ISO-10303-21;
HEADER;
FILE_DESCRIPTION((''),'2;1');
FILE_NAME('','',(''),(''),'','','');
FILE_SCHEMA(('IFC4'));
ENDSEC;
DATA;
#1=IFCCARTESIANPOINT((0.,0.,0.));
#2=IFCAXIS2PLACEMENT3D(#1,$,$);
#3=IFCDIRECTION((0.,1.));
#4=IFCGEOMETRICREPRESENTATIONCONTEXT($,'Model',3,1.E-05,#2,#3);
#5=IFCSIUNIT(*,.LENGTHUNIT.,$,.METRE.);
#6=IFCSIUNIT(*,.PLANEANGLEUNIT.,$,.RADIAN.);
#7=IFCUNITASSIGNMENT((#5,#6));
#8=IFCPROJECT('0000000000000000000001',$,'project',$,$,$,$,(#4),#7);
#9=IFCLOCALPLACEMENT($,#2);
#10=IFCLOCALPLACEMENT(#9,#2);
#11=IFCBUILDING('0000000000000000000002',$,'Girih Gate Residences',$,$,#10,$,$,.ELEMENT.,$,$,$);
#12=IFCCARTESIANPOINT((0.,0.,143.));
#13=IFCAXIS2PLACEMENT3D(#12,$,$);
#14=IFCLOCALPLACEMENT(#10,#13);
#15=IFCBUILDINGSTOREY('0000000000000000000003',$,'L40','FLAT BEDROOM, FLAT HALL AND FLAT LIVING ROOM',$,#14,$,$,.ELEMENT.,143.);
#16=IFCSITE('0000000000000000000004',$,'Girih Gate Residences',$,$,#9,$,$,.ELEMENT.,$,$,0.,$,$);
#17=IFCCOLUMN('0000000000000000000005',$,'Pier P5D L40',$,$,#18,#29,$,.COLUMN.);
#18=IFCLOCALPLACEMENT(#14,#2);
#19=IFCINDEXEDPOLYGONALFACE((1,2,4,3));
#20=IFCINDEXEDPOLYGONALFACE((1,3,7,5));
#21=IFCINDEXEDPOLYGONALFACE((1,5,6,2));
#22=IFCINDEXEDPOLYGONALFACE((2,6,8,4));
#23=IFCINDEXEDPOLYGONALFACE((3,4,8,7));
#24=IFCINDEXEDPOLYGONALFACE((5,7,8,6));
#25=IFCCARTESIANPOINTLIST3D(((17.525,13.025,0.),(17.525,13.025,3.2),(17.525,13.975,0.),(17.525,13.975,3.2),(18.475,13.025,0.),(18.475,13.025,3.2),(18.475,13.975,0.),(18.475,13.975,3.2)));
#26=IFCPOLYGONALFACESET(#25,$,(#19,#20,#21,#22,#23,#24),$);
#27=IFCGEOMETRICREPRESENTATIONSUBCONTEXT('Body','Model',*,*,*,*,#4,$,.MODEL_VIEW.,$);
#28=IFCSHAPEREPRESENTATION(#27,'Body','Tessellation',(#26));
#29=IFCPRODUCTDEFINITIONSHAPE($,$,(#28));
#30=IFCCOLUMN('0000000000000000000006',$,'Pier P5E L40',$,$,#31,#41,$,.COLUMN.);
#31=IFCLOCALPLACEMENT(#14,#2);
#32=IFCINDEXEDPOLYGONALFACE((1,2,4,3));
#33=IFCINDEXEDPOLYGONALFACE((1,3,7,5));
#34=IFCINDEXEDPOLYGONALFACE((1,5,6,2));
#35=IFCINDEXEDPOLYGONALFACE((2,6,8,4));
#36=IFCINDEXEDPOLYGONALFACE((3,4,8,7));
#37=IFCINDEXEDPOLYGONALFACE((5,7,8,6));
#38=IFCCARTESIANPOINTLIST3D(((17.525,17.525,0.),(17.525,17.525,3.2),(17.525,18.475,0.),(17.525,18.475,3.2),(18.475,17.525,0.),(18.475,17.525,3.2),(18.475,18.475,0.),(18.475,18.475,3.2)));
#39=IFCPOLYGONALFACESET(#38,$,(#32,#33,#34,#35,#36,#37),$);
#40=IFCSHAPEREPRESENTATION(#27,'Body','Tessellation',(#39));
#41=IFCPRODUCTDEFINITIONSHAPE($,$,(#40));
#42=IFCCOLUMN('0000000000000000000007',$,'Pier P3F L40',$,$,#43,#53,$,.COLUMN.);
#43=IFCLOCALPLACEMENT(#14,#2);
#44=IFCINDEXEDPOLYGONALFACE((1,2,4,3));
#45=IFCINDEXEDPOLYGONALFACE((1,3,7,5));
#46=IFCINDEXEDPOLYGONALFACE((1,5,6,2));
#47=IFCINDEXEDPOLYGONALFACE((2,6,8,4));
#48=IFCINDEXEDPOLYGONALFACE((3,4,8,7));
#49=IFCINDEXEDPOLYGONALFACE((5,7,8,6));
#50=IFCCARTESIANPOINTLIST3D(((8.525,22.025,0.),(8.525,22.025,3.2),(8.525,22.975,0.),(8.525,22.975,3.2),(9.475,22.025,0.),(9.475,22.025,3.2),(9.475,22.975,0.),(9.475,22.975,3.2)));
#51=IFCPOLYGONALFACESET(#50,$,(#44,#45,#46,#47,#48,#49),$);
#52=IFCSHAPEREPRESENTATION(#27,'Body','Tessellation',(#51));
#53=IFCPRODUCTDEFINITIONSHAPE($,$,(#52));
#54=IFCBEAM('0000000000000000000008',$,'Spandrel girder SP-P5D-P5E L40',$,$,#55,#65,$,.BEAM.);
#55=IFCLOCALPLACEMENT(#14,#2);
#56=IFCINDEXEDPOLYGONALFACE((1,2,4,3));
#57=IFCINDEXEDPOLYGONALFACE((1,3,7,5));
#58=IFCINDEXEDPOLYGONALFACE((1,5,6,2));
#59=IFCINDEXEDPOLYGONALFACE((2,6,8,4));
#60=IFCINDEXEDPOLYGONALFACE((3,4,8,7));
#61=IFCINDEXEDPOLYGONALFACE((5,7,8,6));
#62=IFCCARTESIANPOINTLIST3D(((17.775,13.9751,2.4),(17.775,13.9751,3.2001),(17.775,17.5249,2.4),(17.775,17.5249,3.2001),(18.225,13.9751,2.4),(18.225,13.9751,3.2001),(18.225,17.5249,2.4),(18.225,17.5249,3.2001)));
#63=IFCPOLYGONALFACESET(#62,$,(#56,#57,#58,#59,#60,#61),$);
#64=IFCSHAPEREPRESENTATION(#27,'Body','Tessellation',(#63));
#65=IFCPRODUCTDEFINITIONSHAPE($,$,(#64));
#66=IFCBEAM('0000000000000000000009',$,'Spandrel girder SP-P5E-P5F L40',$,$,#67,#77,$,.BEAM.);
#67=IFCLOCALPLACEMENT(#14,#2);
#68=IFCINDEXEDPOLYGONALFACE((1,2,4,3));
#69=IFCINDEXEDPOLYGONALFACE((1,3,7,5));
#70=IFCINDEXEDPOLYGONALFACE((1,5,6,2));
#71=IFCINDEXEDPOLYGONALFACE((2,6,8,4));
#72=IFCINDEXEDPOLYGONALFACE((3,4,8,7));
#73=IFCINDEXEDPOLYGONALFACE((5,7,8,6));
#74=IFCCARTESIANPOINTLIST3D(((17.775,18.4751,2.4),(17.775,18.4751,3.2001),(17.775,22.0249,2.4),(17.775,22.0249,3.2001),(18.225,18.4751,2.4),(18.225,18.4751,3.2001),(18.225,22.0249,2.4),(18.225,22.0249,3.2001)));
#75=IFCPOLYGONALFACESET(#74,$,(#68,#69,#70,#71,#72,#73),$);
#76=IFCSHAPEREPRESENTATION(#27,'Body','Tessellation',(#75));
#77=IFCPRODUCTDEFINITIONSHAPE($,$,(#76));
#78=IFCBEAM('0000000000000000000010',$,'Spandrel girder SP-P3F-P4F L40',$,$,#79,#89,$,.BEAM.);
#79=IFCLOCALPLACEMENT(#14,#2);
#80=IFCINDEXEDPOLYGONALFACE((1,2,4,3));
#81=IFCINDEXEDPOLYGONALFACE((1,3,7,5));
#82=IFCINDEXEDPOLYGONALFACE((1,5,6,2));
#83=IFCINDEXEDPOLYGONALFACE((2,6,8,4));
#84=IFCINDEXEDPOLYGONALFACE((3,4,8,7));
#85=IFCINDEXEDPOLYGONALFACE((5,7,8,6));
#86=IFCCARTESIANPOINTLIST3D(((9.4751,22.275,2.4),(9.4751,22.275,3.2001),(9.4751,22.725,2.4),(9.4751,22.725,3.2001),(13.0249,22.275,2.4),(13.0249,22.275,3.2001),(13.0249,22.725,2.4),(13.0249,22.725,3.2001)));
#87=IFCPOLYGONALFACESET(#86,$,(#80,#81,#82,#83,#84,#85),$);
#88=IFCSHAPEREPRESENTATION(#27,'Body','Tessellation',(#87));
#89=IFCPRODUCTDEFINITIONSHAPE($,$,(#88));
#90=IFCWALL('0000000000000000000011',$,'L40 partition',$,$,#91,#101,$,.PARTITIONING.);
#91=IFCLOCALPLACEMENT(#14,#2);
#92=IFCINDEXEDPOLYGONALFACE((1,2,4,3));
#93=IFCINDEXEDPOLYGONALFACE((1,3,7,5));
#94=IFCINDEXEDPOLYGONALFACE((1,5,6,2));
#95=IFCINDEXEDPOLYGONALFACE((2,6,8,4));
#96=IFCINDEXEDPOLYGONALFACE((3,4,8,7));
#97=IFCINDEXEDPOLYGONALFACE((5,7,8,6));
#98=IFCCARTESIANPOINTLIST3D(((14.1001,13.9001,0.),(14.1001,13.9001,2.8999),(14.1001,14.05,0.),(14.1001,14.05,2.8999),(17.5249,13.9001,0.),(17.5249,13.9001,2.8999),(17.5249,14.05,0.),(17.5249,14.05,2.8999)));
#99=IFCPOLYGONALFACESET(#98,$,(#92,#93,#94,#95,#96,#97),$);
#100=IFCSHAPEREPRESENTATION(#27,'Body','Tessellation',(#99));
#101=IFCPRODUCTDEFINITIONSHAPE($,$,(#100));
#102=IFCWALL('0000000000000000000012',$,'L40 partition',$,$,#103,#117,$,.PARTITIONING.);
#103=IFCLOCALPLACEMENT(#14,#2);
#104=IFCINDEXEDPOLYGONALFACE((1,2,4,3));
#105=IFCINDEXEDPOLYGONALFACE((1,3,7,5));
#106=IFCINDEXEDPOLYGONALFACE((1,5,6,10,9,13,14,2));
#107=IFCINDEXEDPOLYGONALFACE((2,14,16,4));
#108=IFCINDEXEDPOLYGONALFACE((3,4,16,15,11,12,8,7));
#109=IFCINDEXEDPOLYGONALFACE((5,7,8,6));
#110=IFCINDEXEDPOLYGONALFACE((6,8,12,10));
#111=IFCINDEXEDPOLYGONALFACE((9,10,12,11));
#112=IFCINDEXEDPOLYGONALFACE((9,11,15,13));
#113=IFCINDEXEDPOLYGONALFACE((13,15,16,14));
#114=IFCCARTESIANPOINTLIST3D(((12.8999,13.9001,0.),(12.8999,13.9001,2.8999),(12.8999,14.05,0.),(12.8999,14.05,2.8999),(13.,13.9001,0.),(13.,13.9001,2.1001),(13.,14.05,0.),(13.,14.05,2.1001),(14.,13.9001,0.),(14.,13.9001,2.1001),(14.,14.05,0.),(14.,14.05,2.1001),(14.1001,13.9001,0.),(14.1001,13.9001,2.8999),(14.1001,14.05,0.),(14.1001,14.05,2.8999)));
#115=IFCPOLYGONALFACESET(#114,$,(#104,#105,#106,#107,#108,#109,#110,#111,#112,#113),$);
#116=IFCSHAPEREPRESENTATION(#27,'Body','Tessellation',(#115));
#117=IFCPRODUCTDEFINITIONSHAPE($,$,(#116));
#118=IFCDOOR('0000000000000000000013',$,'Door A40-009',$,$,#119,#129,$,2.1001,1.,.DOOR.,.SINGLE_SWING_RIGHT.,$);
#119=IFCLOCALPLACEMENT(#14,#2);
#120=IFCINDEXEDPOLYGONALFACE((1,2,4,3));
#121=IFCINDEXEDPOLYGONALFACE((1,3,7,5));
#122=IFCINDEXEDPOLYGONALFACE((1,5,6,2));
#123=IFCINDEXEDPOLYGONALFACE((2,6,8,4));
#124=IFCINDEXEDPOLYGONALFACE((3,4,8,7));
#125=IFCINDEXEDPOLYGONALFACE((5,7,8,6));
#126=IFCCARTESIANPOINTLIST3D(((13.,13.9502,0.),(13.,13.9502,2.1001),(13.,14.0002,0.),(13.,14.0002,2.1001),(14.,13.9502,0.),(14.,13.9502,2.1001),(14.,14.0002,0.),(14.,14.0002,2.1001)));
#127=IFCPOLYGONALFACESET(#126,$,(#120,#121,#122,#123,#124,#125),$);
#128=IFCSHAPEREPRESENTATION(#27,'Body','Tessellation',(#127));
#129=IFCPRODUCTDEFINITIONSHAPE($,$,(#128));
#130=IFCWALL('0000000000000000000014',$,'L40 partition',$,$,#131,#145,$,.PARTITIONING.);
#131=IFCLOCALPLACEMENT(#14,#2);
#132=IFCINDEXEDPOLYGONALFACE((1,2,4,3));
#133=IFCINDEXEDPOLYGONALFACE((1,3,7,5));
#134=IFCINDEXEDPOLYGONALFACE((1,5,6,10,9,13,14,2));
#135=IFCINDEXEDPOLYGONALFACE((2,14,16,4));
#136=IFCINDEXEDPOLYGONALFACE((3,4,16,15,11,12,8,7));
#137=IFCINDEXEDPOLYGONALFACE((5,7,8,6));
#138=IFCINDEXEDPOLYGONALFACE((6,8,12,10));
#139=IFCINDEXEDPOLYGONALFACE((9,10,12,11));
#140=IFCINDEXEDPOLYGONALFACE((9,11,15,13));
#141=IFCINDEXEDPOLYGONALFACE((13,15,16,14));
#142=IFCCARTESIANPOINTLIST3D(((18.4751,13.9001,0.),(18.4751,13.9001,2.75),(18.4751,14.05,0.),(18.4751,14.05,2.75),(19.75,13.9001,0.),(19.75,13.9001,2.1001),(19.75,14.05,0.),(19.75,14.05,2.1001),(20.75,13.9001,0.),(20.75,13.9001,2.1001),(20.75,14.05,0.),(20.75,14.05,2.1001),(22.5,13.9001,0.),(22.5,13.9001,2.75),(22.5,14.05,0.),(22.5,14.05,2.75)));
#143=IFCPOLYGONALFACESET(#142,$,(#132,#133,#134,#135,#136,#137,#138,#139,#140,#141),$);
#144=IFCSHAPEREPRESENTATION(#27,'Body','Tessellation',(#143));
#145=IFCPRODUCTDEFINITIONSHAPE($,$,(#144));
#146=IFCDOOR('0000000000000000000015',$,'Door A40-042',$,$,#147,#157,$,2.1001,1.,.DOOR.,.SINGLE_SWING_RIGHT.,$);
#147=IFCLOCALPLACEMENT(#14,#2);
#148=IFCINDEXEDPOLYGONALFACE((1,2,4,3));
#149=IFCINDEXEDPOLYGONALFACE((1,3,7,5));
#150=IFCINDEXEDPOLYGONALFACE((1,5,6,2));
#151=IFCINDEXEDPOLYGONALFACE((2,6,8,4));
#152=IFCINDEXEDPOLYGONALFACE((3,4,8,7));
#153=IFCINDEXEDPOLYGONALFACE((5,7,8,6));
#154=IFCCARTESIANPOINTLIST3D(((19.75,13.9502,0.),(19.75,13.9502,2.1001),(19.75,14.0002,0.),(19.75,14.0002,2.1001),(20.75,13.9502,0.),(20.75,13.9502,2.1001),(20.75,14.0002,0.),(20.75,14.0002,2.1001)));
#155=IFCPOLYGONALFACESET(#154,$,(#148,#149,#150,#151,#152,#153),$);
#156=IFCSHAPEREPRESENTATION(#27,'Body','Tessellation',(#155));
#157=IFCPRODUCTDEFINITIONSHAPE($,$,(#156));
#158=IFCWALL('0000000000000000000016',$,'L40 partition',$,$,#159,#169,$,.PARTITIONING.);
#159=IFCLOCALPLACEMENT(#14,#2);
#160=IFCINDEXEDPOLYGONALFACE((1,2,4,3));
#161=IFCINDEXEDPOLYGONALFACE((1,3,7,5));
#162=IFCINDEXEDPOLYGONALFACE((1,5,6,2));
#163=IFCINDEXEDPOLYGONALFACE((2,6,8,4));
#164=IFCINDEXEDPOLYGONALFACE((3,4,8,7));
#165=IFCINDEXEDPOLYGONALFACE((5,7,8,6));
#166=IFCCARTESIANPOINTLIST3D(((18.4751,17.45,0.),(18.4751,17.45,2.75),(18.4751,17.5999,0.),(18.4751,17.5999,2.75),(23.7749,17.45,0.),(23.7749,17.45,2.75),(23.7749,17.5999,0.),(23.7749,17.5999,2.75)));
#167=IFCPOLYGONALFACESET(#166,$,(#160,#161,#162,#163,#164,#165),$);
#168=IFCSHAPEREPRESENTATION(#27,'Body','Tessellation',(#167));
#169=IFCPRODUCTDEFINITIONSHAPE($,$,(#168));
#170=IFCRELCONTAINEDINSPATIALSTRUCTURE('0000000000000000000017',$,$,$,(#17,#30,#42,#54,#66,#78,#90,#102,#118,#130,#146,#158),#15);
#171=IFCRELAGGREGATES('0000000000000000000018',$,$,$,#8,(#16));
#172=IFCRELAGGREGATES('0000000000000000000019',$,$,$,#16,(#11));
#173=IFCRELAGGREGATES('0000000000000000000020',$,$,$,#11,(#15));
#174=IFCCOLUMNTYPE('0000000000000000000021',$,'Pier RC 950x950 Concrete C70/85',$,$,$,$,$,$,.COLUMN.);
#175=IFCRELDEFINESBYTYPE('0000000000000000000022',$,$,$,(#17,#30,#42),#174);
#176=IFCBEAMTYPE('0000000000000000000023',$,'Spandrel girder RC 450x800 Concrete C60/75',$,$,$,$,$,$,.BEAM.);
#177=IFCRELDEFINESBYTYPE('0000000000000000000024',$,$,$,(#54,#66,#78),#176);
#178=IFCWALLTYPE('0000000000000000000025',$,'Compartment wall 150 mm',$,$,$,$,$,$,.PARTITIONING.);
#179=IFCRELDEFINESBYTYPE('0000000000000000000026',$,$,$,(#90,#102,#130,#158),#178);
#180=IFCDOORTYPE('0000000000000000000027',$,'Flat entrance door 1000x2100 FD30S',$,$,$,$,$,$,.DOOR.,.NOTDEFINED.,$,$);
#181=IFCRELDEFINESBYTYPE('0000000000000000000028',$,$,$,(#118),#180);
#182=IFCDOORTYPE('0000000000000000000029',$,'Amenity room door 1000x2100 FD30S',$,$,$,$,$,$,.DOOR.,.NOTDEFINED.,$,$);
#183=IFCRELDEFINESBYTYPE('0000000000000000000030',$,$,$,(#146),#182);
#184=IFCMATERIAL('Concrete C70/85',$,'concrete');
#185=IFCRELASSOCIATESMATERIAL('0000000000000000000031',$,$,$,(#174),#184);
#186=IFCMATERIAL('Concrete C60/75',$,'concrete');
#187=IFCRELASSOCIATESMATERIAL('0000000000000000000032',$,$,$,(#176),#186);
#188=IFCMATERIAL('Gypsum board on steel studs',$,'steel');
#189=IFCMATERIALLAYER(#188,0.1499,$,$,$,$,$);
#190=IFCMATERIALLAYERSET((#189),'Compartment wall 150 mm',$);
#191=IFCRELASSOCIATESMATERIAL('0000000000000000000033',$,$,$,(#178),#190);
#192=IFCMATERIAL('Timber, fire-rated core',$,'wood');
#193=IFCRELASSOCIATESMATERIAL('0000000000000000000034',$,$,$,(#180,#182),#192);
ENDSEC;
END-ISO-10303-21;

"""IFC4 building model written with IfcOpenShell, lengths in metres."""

from ifc_helpers import new_model, si_unit, direction, frame, frame_2d, origin, origin_2d, place, context, subcontext, project, spatial, rectangle, extrude, material, layer, layer_set, material_profile, profile_set, type_object, element, fill, save


model = new_model("IFC4")

# Units and contexts
model_context = context("Model", 3, precision=1e-05, world=origin(), true_north=direction((0.0, 1.0)))
body_context = subcontext(model_context, "Body", "Model", "MODEL_VIEW")
ifc_project = project(units=[si_unit("LENGTHUNIT", "METRE"), si_unit("PLANEANGLEUNIT", "RADIAN")], contexts=[model_context])

# Site, building, storey
site_placement = place(None, origin())
site = spatial("IfcSite", under=ifc_project, at=site_placement, Name="Girih Gate Residences", CompositionType="ELEMENT", RefElevation=0.0)
building_placement = place(site_placement, origin())
building = spatial("IfcBuilding", under=site, at=building_placement, Name="Girih Gate Residences", CompositionType="ELEMENT")
storey_placement = place(building_placement, frame((0.0, 0.0, 143.0)))
storey = spatial("IfcBuildingStorey", under=building, at=storey_placement, Name="L40", Description="FLAT BEDROOM, FLAT HALL AND FLAT LIVING ROOM", CompositionType="ELEMENT", Elevation=143.0)

# Columns
ifc_material_1 = material(Name="Concrete C70/85", Category="concrete")
ifc_material_profile_1 = material_profile(ifc_material_1, rectangle(XDim=0.95, YDim=0.95, at=origin_2d()))
ifc_profile_set_1 = profile_set([ifc_material_profile_1], Name="Concrete C70/85")
column_type = type_object("IfcColumnType", Name="Pier RC 950x950 Concrete C70/85", PredefinedType="COLUMN", material=ifc_profile_set_1)
for number, where, z_axis, x_axis, name in (
    (1, (18.0, 13.5, 0.0), (0.0, 0.0, 1.0), (1.0, 0.0, 0.0), "Pier P5D L40"),
    (2, (18.0, 18.0, 0.0), (0.0, 0.0, 1.0), (1.0, 0.0, 0.0), "Pier P5E L40"),
    (3, (9.0, 22.5, 0.0), (0.0, 0.0, 1.0), (1.0, 0.0, 0.0), "Pier P3F L40"),
):
    element("IfcColumn", number, at=place(storey_placement, frame(where, z_axis=z_axis, x_axis=x_axis)), inside=storey, type_object=column_type, Name=name, PredefinedType="COLUMN", context=body_context, shape_type="SweptSolid", body=[
        extrude(rectangle(XDim=0.95, YDim=0.95, at=origin_2d()), origin(), (0.0, 0.0, 1.0), 3.2),
    ])

# Beams
ifc_material_2 = material(Name="Concrete C60/75", Category="concrete")
ifc_material_profile_2 = material_profile(ifc_material_2, rectangle(XDim=0.45, YDim=0.8, at=origin_2d()))
ifc_profile_set_2 = profile_set([ifc_material_profile_2], Name="Concrete C60/75")
beam_type = type_object("IfcBeamType", Name="Spandrel girder RC 450x800 Concrete C60/75", PredefinedType="BEAM", material=ifc_profile_set_2)
for number, where, z_axis, x_axis, name in (
    (4, (18.0, 13.9751, 2.8), (0.0, 1.0, 0.0), (-1.0, 0.0, 0.0), "Spandrel girder SP-P5D-P5E L40"),
    (5, (18.0, 18.4751, 2.8), (0.0, 1.0, 0.0), (-1.0, 0.0, 0.0), "Spandrel girder SP-P5E-P5F L40"),
    (6, (9.4751, 22.5, 2.8), (1.0, 0.0, 0.0), (0.0, 1.0, 0.0), "Spandrel girder SP-P3F-P4F L40"),
):
    element("IfcBeam", number, at=place(storey_placement, frame(where, z_axis=z_axis, x_axis=x_axis)), inside=storey, type_object=beam_type, Name=name, PredefinedType="BEAM", context=body_context, shape_type="SweptSolid", body=[
        extrude(rectangle(XDim=0.45, YDim=0.8, at=origin_2d()), origin(), (0.0, 0.0, 1.0), 3.5498),
    ])

# Wall
ifc_material_3 = material(Name="Gypsum board on steel studs", Category="steel")
ifc_layer_1 = layer(ifc_material_3, 0.1499)
ifc_layer_set_1 = layer_set([ifc_layer_1], Name="Compartment wall 150 mm")
wall_type_1 = type_object("IfcWallType", Name="Compartment wall 150 mm", PredefinedType="PARTITIONING", material=ifc_layer_set_1)
wall_1_placement = place(storey_placement, frame((14.1001, 13.9751, 0.0), z_axis=(0.0, 0.0, 1.0), x_axis=(1.0, 0.0, 0.0)))
element("IfcWall", 7, at=wall_1_placement, inside=storey, type_object=wall_type_1, Name="L40 partition", PredefinedType="PARTITIONING", context=body_context, shape_type="SweptSolid", body=[
    extrude(rectangle(XDim=3.4248, YDim=0.1499, at=frame_2d((1.7124, 0.0))), origin(), (0.0, 0.0, 1.0), 2.8999),
])

# Walls, openings, doors
wall_2_placement = place(storey_placement, frame((14.1001, 13.9751, 0.0), z_axis=(0.0, 0.0, 1.0), x_axis=(-1.0, 0.0, 0.0)))
wall_2 = element("IfcWall", 8, at=wall_2_placement, inside=storey, type_object=wall_type_1, Name="L40 partition", PredefinedType="PARTITIONING", context=body_context, shape_type="SweptSolid", body=[
    extrude(rectangle(XDim=1.2002, YDim=0.1499, at=frame_2d((0.6001, 0.0))), origin(), (0.0, 0.0, 1.0), 2.8999),
])
opening_1_placement = place(wall_2_placement, frame((0.1001, 0.0, 0.0)))
opening_1 = element("IfcOpeningElement", 9, at=opening_1_placement, cuts=wall_2, PredefinedType="OPENING", context=body_context, shape_type="SweptSolid", body=[
    extrude(rectangle(XDim=1.0, YDim=2.1001, at=frame_2d((0.5, 1.05))), frame((0.0, 0.085, 0.0), z_axis=(0.0, -1.0, 0.0), x_axis=(1.0, 0.0, 0.0)), (0.0, 0.0, 1.0), 0.1699),
])
ifc_material_4 = material(Name="Timber, fire-rated core", Category="wood")
door_type_1 = type_object("IfcDoorType", Name="Flat entrance door 1000x2100 FD30S", OperationType="NOTDEFINED", PredefinedType="DOOR", material=ifc_material_4)
door_1_placement = place(opening_1_placement, origin())
door_1 = element("IfcDoor", 10, at=door_1_placement, inside=storey, type_object=door_type_1, Name="Door A40-009", OperationType="SINGLE_SWING_RIGHT", OverallHeight=2.1001, OverallWidth=1.0, PredefinedType="DOOR", context=body_context, shape_type="SweptSolid", body=[
    extrude(rectangle(XDim=1.0, YDim=2.1001, at=frame_2d((0.5, 1.05))), frame((0.0, 0.0249, 0.0), z_axis=(0.0, -1.0, 0.0), x_axis=(1.0, 0.0, 0.0)), (0.0, 0.0, 1.0), 0.05),
])
fill(opening_1, door_1)
wall_3_placement = place(storey_placement, frame((22.5, 13.9751, 0.0), z_axis=(0.0, 0.0, 1.0), x_axis=(-1.0, 0.0, 0.0)))
wall_3 = element("IfcWall", 11, at=wall_3_placement, inside=storey, type_object=wall_type_1, Name="L40 partition", PredefinedType="PARTITIONING", context=body_context, shape_type="SweptSolid", body=[
    extrude(rectangle(XDim=4.0249, YDim=0.1499, at=frame_2d((2.0125, 0.0))), origin(), (0.0, 0.0, 1.0), 2.75),
])
opening_2_placement = place(wall_3_placement, frame((1.75, 0.0, 0.0)))
opening_2 = element("IfcOpeningElement", 12, at=opening_2_placement, cuts=wall_3, PredefinedType="OPENING", context=body_context, shape_type="SweptSolid", body=[
    extrude(rectangle(XDim=1.0, YDim=2.1001, at=frame_2d((0.5, 1.05))), frame((0.0, 0.085, 0.0), z_axis=(0.0, -1.0, 0.0), x_axis=(1.0, 0.0, 0.0)), (0.0, 0.0, 1.0), 0.1699),
])
door_type_2 = type_object("IfcDoorType", Name="Amenity room door 1000x2100 FD30S", OperationType="NOTDEFINED", PredefinedType="DOOR", material=ifc_material_4)
door_2_placement = place(opening_2_placement, origin())
door_2 = element("IfcDoor", 13, at=door_2_placement, inside=storey, type_object=door_type_2, Name="Door A40-042", OperationType="SINGLE_SWING_RIGHT", OverallHeight=2.1001, OverallWidth=1.0, PredefinedType="DOOR", context=body_context, shape_type="SweptSolid", body=[
    extrude(rectangle(XDim=1.0, YDim=2.1001, at=frame_2d((0.5, 1.05))), frame((0.0, 0.0249, 0.0), z_axis=(0.0, -1.0, 0.0), x_axis=(1.0, 0.0, 0.0)), (0.0, 0.0, 1.0), 0.05),
])
fill(opening_2, door_2)

# Wall
wall_4_placement = place(storey_placement, frame((18.4751, 17.5249, 0.0), z_axis=(0.0, 0.0, 1.0), x_axis=(1.0, 0.0, 0.0)))
element("IfcWall", 14, at=wall_4_placement, inside=storey, type_object=wall_type_1, Name="L40 partition", PredefinedType="PARTITIONING", context=body_context, shape_type="SweptSolid", body=[
    extrude(rectangle(XDim=5.2998, YDim=0.1499, at=frame_2d((2.6499, 0.0))), origin(), (0.0, 0.0, 1.0), 2.75),
])

save(model, "model.ifc")
